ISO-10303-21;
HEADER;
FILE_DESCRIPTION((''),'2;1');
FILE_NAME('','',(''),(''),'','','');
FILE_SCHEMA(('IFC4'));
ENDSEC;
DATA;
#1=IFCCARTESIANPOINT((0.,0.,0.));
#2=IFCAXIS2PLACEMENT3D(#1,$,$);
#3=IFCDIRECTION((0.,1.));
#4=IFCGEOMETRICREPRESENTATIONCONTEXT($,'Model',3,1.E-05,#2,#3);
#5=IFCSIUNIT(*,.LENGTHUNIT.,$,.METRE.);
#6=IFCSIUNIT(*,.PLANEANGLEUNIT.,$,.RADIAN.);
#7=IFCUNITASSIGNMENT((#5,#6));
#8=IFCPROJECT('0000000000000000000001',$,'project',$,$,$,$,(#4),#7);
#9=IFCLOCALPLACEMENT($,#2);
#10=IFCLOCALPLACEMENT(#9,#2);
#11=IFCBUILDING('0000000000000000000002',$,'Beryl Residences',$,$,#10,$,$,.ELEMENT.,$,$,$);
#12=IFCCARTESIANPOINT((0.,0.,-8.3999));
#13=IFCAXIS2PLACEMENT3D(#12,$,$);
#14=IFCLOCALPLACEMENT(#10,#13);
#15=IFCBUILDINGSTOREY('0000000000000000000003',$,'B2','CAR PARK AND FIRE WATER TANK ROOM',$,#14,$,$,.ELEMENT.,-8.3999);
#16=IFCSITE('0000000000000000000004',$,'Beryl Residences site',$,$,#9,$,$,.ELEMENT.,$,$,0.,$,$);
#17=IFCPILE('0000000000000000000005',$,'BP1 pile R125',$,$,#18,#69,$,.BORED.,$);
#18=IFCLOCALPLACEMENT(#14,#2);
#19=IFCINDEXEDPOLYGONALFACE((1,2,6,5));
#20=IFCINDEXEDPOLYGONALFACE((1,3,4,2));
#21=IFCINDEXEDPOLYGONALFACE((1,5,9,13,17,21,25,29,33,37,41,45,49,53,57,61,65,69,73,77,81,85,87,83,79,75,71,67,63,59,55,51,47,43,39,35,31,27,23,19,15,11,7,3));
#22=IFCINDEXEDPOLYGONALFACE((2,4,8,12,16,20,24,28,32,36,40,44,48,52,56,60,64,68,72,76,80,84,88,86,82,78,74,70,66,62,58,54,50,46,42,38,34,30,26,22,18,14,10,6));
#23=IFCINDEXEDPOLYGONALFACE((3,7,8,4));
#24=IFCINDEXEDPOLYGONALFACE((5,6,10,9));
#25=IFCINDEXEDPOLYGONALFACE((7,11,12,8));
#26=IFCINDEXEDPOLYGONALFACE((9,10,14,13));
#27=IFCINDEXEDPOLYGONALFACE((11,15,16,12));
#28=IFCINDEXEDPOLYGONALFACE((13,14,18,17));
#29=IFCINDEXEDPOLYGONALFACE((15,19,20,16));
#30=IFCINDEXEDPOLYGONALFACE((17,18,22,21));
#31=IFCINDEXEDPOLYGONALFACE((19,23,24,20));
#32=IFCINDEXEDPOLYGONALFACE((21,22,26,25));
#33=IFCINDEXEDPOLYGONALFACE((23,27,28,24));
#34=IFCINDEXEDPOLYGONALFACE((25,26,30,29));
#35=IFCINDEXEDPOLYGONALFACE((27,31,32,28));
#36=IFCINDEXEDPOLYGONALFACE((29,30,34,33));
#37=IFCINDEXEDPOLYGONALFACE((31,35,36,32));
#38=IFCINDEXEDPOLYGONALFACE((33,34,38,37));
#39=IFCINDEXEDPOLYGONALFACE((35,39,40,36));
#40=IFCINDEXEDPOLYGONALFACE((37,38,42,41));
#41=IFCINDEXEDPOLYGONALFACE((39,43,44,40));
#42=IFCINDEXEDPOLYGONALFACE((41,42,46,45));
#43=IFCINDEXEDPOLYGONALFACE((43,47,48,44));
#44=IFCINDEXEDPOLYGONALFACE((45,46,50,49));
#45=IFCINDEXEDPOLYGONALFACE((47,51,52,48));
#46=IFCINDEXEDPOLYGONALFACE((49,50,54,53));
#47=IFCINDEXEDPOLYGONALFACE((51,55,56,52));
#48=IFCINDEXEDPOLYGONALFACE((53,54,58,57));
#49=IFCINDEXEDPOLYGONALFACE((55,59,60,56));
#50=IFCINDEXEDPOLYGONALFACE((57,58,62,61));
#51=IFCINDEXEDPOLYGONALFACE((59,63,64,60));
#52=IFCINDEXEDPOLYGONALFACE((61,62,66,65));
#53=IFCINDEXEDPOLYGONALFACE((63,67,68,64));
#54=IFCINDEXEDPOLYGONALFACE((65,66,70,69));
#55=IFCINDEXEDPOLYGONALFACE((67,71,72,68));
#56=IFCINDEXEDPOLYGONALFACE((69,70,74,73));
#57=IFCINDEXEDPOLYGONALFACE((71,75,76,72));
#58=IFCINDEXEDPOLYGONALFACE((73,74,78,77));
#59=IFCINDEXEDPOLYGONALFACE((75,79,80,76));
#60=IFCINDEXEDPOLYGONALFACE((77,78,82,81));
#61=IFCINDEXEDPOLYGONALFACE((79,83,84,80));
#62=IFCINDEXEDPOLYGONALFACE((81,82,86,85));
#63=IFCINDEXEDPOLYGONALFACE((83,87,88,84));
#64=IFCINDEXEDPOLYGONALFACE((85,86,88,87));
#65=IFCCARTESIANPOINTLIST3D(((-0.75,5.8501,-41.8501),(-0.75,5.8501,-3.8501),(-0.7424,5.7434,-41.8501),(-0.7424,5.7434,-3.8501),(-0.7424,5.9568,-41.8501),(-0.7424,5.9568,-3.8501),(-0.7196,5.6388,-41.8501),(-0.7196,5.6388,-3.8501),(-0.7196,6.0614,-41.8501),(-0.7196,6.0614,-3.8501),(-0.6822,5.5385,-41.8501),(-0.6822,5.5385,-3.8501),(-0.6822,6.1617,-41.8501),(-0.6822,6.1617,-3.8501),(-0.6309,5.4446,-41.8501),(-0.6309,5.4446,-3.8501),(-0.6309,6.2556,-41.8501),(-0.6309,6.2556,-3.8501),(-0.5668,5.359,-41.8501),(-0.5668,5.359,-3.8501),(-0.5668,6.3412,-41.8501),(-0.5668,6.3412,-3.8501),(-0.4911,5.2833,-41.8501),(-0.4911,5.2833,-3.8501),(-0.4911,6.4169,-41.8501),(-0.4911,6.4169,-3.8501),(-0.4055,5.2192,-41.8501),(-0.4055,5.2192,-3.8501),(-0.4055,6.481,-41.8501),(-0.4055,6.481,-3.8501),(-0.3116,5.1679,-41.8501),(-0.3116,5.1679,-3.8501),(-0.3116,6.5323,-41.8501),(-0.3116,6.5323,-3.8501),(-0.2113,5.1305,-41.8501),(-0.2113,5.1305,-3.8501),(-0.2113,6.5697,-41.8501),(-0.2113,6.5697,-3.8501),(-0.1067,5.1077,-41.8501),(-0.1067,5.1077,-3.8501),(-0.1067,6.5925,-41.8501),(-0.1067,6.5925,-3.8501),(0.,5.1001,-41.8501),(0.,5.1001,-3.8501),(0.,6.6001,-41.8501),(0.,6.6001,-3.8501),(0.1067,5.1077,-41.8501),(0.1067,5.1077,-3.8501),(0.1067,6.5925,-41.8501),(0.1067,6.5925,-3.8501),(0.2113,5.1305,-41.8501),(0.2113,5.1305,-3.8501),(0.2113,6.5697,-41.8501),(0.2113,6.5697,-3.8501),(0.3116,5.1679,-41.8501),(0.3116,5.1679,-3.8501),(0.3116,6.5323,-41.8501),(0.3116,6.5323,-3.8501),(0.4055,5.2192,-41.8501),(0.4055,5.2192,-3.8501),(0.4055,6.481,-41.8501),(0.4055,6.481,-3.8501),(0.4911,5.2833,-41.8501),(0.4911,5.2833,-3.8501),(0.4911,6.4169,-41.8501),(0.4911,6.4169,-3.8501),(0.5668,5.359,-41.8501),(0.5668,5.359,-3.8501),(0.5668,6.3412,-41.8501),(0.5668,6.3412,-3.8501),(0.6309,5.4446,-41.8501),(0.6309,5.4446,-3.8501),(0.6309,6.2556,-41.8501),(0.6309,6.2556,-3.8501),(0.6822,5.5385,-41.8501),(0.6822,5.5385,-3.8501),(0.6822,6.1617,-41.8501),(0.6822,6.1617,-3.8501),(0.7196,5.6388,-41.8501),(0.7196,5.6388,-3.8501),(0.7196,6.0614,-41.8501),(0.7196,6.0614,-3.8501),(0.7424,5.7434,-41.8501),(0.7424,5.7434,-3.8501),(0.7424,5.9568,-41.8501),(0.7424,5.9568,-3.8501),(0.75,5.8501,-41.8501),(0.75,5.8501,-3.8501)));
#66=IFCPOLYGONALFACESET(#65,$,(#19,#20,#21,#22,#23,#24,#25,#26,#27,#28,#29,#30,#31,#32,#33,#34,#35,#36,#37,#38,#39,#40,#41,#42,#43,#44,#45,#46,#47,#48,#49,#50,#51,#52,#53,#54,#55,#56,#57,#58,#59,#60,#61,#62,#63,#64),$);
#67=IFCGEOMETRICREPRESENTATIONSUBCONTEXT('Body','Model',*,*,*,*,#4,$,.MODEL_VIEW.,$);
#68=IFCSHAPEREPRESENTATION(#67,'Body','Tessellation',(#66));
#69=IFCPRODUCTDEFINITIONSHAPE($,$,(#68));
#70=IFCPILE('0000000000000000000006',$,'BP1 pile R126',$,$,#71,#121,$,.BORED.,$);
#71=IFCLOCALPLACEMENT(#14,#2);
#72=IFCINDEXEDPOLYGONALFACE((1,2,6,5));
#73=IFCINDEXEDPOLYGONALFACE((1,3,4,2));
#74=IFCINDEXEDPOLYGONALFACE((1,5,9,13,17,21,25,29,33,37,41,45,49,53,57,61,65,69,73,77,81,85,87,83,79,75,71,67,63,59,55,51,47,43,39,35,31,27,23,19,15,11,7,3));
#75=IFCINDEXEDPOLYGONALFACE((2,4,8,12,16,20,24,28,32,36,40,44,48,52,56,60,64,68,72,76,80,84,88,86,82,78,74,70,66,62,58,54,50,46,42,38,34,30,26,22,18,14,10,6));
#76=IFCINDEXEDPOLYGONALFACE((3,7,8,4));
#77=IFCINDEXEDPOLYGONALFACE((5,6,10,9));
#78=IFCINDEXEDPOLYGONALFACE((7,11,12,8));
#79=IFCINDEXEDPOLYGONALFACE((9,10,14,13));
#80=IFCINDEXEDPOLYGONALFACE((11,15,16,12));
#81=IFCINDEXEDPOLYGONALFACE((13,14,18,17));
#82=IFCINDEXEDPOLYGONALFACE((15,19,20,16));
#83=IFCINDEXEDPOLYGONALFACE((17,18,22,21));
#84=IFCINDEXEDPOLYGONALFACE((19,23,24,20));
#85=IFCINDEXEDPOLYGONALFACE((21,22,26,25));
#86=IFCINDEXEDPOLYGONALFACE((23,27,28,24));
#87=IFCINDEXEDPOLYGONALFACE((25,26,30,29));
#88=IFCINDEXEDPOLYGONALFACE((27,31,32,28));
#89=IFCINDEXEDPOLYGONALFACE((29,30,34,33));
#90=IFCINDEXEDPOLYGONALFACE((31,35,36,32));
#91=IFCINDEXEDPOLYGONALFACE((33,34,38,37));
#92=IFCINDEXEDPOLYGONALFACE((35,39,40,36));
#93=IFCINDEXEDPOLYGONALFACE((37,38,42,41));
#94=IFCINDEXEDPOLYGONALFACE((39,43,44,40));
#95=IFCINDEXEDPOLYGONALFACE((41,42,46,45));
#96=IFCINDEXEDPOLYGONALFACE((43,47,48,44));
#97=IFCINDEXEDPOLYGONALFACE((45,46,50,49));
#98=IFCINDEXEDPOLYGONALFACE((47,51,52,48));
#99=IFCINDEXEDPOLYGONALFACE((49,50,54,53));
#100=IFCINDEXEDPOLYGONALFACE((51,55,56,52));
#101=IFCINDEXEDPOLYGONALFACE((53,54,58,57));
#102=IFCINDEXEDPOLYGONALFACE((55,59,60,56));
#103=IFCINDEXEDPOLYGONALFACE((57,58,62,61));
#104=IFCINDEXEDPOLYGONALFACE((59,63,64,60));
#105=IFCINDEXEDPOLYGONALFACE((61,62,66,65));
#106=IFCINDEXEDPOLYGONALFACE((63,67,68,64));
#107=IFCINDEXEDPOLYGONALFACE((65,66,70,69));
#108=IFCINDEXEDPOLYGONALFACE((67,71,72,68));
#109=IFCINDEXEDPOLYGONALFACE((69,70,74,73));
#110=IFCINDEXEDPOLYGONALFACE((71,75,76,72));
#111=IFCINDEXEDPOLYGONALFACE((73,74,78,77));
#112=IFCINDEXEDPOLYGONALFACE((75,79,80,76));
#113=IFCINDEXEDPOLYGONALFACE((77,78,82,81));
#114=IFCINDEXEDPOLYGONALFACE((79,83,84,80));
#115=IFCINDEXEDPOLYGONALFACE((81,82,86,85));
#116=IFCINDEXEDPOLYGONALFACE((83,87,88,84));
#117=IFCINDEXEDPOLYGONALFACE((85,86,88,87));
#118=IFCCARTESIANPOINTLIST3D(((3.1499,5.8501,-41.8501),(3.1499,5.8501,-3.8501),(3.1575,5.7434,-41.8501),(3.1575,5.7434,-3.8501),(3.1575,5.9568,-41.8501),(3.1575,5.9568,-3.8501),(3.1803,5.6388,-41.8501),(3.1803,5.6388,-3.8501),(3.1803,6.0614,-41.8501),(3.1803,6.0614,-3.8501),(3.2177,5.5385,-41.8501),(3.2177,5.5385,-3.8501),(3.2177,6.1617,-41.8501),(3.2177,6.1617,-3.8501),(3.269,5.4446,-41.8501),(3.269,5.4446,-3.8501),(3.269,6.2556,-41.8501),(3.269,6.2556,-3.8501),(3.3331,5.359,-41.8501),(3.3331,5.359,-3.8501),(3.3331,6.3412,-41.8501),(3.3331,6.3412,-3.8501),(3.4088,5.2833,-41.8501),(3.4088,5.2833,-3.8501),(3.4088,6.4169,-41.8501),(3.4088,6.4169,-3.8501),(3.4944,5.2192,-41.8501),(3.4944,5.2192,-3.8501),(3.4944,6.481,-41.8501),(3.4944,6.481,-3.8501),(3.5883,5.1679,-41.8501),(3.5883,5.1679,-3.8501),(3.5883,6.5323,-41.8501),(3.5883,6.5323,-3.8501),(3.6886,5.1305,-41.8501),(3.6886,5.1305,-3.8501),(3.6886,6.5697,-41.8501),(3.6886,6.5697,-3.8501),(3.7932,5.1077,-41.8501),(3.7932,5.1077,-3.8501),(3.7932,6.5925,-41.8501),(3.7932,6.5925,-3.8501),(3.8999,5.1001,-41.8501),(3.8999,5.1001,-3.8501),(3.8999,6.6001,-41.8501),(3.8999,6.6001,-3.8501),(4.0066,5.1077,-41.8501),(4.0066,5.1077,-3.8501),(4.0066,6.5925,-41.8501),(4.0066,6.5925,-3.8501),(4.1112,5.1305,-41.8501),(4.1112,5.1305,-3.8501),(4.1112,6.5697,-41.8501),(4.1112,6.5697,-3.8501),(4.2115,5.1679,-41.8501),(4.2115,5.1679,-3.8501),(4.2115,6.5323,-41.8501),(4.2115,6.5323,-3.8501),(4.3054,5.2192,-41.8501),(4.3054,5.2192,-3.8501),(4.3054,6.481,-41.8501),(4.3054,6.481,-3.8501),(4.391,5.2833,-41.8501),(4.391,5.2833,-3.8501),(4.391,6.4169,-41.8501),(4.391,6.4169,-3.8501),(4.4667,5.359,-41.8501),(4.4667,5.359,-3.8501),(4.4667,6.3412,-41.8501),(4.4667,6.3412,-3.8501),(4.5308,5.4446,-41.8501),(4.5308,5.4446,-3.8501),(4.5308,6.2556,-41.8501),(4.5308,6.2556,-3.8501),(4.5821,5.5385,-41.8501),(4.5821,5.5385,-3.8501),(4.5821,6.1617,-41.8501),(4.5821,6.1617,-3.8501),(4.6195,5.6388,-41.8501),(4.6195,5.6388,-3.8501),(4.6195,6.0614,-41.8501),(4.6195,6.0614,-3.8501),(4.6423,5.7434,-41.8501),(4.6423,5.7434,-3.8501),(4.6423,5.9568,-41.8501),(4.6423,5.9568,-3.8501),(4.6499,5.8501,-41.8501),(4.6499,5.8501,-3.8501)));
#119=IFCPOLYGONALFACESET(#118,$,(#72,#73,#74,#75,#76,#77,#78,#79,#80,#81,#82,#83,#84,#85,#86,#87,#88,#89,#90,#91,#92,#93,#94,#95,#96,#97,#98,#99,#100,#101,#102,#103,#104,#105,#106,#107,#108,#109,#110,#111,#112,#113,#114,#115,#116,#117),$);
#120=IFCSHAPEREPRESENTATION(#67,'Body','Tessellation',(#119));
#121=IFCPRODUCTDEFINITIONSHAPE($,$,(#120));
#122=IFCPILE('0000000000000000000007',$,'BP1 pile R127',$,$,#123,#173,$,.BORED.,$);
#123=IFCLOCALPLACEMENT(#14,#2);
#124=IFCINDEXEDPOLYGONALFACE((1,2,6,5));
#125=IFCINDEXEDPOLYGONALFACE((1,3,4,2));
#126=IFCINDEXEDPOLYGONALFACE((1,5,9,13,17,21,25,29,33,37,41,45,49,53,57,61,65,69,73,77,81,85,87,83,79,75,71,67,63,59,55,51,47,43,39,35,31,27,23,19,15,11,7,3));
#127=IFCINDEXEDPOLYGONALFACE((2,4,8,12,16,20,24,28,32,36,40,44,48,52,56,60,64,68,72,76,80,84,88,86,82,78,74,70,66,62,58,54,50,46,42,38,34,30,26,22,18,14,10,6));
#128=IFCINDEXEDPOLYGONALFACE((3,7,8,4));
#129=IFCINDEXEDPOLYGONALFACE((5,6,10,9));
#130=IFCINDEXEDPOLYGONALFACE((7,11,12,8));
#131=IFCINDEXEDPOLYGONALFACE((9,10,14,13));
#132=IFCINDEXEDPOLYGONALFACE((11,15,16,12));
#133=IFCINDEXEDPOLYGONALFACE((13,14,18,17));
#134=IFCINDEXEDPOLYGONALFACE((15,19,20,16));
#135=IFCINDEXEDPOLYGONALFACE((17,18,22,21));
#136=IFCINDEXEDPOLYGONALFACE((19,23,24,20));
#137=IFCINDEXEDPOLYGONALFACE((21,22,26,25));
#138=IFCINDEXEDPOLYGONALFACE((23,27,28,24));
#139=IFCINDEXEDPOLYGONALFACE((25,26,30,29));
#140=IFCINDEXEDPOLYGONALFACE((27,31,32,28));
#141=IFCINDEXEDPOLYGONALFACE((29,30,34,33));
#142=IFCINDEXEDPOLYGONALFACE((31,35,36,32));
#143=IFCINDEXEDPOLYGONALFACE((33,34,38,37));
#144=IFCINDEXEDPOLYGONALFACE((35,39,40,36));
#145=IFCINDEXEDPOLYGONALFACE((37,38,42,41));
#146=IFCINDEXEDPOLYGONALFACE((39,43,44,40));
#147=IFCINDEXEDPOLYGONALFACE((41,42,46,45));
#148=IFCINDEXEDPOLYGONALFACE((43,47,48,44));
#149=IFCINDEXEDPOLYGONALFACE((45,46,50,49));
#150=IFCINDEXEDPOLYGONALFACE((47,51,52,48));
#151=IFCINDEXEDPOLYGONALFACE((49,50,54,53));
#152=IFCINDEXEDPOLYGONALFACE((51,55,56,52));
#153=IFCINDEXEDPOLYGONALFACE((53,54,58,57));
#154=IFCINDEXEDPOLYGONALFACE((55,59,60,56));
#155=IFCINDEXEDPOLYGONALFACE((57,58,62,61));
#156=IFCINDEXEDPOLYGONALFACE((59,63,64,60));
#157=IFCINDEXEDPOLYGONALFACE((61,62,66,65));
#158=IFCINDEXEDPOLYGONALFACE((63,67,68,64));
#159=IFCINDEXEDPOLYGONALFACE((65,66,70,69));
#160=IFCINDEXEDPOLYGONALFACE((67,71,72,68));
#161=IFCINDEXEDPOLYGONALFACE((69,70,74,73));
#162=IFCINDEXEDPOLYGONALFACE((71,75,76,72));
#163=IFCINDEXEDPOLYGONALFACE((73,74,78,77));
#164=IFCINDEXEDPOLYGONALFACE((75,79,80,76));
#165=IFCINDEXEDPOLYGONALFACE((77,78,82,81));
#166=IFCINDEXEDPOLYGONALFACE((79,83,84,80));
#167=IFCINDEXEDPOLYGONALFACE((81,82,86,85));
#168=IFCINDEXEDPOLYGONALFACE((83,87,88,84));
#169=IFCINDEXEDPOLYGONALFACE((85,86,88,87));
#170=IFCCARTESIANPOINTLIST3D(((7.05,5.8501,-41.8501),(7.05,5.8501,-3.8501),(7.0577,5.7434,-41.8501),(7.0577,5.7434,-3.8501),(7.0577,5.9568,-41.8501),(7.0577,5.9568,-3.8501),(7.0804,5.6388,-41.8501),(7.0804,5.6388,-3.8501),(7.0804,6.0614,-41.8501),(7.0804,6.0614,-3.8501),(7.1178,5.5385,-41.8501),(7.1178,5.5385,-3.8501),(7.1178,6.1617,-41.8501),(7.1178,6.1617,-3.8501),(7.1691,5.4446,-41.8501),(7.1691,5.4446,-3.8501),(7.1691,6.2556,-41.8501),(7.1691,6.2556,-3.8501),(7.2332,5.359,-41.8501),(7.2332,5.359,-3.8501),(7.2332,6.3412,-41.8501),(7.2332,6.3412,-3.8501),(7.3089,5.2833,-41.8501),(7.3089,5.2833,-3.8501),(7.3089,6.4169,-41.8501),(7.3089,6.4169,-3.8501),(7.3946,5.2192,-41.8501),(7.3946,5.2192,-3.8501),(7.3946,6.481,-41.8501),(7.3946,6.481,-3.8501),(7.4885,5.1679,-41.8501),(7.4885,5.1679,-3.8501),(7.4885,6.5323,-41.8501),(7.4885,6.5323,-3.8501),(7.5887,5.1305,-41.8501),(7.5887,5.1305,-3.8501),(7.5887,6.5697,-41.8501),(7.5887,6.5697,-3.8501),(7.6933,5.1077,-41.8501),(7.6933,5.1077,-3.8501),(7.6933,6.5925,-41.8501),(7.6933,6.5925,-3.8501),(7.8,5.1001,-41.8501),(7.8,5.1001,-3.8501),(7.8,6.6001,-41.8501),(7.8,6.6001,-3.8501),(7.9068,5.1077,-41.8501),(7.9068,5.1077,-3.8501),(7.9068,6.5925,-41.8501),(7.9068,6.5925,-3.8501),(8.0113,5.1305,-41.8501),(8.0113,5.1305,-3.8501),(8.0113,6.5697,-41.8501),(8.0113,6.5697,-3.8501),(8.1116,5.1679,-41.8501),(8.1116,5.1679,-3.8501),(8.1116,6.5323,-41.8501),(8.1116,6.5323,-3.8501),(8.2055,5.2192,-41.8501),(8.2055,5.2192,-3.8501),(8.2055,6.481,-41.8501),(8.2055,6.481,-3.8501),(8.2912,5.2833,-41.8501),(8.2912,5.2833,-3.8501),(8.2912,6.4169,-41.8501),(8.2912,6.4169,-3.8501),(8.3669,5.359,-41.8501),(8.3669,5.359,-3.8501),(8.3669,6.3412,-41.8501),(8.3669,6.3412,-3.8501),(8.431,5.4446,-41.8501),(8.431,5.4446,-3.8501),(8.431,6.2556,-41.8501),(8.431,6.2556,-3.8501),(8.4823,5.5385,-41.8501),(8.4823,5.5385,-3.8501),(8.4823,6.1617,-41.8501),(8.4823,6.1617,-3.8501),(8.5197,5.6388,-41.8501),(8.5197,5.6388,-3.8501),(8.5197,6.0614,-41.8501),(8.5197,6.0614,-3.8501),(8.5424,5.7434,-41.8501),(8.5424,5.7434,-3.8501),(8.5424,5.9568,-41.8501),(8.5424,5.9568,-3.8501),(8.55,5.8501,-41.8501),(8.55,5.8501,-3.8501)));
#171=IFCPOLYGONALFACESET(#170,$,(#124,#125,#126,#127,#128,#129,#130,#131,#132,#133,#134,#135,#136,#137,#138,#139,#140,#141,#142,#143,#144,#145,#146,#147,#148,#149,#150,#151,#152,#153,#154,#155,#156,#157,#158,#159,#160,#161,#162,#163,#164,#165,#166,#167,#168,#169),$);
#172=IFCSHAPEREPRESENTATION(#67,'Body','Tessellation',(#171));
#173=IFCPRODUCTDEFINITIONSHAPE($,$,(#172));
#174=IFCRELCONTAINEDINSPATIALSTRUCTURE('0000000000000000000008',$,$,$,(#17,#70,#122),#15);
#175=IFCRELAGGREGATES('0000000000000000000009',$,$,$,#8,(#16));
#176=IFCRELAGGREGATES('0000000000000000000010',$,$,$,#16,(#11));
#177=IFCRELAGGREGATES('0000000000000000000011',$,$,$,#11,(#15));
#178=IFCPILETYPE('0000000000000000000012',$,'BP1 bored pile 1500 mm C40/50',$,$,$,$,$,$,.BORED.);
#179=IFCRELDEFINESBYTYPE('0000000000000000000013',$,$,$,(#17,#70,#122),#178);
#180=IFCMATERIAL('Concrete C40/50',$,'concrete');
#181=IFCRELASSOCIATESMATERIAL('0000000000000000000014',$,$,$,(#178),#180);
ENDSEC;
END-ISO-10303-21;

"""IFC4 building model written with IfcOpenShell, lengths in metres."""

from ifc_helpers import new_model, si_unit, direction, frame, origin, origin_2d, place, context, subcontext, project, spatial, circle, extrude, material, material_profile, profile_set, type_object, element, save


model = new_model("IFC4")

# Units and contexts
model_context = context("Model", 3, precision=1e-05, world=origin(), true_north=direction((0.0, 1.0)))
body_context = subcontext(model_context, "Body", "Model", "MODEL_VIEW")
ifc_project = project(units=[si_unit("LENGTHUNIT", "METRE"), si_unit("PLANEANGLEUNIT", "RADIAN")], contexts=[model_context])

# Site, building, storey
site_placement = place(None, origin())
site = spatial("IfcSite", under=ifc_project, at=site_placement, Name="Beryl Residences site", CompositionType="ELEMENT", RefElevation=0.0)
building_placement = place(site_placement, origin())
building = spatial("IfcBuilding", under=site, at=building_placement, Name="Beryl Residences", CompositionType="ELEMENT")
storey_placement = place(building_placement, frame((0.0, 0.0, -8.3999)))
storey = spatial("IfcBuildingStorey", under=building, at=storey_placement, Name="B2", Description="CAR PARK AND FIRE WATER TANK ROOM", CompositionType="ELEMENT", Elevation=-8.3999)

# Piles
ifc_material_1 = material(Name="Concrete C40/50", Category="concrete")
ifc_material_profile_1 = material_profile(ifc_material_1, circle(Radius=0.75, at=origin_2d()))
ifc_profile_set_1 = profile_set([ifc_material_profile_1], Name="Concrete C40/50")
pile_type = type_object("IfcPileType", Name="BP1 bored pile 1500 mm C40/50", PredefinedType="BORED", material=ifc_profile_set_1)
for number, where, z_axis, x_axis, name in (
    (1, (0.0, 5.8501, -3.8501), (0.0, 0.0, -1.0), (1.0, 0.0, 0.0), "BP1 pile R125"),
    (2, (3.8999, 5.8501, -3.8501), (0.0, 0.0, -1.0), (1.0, 0.0, 0.0), "BP1 pile R126"),
    (3, (7.8, 5.8501, -3.8501), (0.0, 0.0, -1.0), (1.0, 0.0, 0.0), "BP1 pile R127"),
):
    element("IfcPile", number, at=place(storey_placement, frame(where, z_axis=z_axis, x_axis=x_axis)), inside=storey, type_object=pile_type, Name=name, PredefinedType="BORED", context=body_context, shape_type="SweptSolid", body=[
        extrude(circle(Radius=0.75, at=origin_2d()), origin(), (0.0, 0.0, 1.0), 38.0),
    ])

save(model, "model.ifc")
